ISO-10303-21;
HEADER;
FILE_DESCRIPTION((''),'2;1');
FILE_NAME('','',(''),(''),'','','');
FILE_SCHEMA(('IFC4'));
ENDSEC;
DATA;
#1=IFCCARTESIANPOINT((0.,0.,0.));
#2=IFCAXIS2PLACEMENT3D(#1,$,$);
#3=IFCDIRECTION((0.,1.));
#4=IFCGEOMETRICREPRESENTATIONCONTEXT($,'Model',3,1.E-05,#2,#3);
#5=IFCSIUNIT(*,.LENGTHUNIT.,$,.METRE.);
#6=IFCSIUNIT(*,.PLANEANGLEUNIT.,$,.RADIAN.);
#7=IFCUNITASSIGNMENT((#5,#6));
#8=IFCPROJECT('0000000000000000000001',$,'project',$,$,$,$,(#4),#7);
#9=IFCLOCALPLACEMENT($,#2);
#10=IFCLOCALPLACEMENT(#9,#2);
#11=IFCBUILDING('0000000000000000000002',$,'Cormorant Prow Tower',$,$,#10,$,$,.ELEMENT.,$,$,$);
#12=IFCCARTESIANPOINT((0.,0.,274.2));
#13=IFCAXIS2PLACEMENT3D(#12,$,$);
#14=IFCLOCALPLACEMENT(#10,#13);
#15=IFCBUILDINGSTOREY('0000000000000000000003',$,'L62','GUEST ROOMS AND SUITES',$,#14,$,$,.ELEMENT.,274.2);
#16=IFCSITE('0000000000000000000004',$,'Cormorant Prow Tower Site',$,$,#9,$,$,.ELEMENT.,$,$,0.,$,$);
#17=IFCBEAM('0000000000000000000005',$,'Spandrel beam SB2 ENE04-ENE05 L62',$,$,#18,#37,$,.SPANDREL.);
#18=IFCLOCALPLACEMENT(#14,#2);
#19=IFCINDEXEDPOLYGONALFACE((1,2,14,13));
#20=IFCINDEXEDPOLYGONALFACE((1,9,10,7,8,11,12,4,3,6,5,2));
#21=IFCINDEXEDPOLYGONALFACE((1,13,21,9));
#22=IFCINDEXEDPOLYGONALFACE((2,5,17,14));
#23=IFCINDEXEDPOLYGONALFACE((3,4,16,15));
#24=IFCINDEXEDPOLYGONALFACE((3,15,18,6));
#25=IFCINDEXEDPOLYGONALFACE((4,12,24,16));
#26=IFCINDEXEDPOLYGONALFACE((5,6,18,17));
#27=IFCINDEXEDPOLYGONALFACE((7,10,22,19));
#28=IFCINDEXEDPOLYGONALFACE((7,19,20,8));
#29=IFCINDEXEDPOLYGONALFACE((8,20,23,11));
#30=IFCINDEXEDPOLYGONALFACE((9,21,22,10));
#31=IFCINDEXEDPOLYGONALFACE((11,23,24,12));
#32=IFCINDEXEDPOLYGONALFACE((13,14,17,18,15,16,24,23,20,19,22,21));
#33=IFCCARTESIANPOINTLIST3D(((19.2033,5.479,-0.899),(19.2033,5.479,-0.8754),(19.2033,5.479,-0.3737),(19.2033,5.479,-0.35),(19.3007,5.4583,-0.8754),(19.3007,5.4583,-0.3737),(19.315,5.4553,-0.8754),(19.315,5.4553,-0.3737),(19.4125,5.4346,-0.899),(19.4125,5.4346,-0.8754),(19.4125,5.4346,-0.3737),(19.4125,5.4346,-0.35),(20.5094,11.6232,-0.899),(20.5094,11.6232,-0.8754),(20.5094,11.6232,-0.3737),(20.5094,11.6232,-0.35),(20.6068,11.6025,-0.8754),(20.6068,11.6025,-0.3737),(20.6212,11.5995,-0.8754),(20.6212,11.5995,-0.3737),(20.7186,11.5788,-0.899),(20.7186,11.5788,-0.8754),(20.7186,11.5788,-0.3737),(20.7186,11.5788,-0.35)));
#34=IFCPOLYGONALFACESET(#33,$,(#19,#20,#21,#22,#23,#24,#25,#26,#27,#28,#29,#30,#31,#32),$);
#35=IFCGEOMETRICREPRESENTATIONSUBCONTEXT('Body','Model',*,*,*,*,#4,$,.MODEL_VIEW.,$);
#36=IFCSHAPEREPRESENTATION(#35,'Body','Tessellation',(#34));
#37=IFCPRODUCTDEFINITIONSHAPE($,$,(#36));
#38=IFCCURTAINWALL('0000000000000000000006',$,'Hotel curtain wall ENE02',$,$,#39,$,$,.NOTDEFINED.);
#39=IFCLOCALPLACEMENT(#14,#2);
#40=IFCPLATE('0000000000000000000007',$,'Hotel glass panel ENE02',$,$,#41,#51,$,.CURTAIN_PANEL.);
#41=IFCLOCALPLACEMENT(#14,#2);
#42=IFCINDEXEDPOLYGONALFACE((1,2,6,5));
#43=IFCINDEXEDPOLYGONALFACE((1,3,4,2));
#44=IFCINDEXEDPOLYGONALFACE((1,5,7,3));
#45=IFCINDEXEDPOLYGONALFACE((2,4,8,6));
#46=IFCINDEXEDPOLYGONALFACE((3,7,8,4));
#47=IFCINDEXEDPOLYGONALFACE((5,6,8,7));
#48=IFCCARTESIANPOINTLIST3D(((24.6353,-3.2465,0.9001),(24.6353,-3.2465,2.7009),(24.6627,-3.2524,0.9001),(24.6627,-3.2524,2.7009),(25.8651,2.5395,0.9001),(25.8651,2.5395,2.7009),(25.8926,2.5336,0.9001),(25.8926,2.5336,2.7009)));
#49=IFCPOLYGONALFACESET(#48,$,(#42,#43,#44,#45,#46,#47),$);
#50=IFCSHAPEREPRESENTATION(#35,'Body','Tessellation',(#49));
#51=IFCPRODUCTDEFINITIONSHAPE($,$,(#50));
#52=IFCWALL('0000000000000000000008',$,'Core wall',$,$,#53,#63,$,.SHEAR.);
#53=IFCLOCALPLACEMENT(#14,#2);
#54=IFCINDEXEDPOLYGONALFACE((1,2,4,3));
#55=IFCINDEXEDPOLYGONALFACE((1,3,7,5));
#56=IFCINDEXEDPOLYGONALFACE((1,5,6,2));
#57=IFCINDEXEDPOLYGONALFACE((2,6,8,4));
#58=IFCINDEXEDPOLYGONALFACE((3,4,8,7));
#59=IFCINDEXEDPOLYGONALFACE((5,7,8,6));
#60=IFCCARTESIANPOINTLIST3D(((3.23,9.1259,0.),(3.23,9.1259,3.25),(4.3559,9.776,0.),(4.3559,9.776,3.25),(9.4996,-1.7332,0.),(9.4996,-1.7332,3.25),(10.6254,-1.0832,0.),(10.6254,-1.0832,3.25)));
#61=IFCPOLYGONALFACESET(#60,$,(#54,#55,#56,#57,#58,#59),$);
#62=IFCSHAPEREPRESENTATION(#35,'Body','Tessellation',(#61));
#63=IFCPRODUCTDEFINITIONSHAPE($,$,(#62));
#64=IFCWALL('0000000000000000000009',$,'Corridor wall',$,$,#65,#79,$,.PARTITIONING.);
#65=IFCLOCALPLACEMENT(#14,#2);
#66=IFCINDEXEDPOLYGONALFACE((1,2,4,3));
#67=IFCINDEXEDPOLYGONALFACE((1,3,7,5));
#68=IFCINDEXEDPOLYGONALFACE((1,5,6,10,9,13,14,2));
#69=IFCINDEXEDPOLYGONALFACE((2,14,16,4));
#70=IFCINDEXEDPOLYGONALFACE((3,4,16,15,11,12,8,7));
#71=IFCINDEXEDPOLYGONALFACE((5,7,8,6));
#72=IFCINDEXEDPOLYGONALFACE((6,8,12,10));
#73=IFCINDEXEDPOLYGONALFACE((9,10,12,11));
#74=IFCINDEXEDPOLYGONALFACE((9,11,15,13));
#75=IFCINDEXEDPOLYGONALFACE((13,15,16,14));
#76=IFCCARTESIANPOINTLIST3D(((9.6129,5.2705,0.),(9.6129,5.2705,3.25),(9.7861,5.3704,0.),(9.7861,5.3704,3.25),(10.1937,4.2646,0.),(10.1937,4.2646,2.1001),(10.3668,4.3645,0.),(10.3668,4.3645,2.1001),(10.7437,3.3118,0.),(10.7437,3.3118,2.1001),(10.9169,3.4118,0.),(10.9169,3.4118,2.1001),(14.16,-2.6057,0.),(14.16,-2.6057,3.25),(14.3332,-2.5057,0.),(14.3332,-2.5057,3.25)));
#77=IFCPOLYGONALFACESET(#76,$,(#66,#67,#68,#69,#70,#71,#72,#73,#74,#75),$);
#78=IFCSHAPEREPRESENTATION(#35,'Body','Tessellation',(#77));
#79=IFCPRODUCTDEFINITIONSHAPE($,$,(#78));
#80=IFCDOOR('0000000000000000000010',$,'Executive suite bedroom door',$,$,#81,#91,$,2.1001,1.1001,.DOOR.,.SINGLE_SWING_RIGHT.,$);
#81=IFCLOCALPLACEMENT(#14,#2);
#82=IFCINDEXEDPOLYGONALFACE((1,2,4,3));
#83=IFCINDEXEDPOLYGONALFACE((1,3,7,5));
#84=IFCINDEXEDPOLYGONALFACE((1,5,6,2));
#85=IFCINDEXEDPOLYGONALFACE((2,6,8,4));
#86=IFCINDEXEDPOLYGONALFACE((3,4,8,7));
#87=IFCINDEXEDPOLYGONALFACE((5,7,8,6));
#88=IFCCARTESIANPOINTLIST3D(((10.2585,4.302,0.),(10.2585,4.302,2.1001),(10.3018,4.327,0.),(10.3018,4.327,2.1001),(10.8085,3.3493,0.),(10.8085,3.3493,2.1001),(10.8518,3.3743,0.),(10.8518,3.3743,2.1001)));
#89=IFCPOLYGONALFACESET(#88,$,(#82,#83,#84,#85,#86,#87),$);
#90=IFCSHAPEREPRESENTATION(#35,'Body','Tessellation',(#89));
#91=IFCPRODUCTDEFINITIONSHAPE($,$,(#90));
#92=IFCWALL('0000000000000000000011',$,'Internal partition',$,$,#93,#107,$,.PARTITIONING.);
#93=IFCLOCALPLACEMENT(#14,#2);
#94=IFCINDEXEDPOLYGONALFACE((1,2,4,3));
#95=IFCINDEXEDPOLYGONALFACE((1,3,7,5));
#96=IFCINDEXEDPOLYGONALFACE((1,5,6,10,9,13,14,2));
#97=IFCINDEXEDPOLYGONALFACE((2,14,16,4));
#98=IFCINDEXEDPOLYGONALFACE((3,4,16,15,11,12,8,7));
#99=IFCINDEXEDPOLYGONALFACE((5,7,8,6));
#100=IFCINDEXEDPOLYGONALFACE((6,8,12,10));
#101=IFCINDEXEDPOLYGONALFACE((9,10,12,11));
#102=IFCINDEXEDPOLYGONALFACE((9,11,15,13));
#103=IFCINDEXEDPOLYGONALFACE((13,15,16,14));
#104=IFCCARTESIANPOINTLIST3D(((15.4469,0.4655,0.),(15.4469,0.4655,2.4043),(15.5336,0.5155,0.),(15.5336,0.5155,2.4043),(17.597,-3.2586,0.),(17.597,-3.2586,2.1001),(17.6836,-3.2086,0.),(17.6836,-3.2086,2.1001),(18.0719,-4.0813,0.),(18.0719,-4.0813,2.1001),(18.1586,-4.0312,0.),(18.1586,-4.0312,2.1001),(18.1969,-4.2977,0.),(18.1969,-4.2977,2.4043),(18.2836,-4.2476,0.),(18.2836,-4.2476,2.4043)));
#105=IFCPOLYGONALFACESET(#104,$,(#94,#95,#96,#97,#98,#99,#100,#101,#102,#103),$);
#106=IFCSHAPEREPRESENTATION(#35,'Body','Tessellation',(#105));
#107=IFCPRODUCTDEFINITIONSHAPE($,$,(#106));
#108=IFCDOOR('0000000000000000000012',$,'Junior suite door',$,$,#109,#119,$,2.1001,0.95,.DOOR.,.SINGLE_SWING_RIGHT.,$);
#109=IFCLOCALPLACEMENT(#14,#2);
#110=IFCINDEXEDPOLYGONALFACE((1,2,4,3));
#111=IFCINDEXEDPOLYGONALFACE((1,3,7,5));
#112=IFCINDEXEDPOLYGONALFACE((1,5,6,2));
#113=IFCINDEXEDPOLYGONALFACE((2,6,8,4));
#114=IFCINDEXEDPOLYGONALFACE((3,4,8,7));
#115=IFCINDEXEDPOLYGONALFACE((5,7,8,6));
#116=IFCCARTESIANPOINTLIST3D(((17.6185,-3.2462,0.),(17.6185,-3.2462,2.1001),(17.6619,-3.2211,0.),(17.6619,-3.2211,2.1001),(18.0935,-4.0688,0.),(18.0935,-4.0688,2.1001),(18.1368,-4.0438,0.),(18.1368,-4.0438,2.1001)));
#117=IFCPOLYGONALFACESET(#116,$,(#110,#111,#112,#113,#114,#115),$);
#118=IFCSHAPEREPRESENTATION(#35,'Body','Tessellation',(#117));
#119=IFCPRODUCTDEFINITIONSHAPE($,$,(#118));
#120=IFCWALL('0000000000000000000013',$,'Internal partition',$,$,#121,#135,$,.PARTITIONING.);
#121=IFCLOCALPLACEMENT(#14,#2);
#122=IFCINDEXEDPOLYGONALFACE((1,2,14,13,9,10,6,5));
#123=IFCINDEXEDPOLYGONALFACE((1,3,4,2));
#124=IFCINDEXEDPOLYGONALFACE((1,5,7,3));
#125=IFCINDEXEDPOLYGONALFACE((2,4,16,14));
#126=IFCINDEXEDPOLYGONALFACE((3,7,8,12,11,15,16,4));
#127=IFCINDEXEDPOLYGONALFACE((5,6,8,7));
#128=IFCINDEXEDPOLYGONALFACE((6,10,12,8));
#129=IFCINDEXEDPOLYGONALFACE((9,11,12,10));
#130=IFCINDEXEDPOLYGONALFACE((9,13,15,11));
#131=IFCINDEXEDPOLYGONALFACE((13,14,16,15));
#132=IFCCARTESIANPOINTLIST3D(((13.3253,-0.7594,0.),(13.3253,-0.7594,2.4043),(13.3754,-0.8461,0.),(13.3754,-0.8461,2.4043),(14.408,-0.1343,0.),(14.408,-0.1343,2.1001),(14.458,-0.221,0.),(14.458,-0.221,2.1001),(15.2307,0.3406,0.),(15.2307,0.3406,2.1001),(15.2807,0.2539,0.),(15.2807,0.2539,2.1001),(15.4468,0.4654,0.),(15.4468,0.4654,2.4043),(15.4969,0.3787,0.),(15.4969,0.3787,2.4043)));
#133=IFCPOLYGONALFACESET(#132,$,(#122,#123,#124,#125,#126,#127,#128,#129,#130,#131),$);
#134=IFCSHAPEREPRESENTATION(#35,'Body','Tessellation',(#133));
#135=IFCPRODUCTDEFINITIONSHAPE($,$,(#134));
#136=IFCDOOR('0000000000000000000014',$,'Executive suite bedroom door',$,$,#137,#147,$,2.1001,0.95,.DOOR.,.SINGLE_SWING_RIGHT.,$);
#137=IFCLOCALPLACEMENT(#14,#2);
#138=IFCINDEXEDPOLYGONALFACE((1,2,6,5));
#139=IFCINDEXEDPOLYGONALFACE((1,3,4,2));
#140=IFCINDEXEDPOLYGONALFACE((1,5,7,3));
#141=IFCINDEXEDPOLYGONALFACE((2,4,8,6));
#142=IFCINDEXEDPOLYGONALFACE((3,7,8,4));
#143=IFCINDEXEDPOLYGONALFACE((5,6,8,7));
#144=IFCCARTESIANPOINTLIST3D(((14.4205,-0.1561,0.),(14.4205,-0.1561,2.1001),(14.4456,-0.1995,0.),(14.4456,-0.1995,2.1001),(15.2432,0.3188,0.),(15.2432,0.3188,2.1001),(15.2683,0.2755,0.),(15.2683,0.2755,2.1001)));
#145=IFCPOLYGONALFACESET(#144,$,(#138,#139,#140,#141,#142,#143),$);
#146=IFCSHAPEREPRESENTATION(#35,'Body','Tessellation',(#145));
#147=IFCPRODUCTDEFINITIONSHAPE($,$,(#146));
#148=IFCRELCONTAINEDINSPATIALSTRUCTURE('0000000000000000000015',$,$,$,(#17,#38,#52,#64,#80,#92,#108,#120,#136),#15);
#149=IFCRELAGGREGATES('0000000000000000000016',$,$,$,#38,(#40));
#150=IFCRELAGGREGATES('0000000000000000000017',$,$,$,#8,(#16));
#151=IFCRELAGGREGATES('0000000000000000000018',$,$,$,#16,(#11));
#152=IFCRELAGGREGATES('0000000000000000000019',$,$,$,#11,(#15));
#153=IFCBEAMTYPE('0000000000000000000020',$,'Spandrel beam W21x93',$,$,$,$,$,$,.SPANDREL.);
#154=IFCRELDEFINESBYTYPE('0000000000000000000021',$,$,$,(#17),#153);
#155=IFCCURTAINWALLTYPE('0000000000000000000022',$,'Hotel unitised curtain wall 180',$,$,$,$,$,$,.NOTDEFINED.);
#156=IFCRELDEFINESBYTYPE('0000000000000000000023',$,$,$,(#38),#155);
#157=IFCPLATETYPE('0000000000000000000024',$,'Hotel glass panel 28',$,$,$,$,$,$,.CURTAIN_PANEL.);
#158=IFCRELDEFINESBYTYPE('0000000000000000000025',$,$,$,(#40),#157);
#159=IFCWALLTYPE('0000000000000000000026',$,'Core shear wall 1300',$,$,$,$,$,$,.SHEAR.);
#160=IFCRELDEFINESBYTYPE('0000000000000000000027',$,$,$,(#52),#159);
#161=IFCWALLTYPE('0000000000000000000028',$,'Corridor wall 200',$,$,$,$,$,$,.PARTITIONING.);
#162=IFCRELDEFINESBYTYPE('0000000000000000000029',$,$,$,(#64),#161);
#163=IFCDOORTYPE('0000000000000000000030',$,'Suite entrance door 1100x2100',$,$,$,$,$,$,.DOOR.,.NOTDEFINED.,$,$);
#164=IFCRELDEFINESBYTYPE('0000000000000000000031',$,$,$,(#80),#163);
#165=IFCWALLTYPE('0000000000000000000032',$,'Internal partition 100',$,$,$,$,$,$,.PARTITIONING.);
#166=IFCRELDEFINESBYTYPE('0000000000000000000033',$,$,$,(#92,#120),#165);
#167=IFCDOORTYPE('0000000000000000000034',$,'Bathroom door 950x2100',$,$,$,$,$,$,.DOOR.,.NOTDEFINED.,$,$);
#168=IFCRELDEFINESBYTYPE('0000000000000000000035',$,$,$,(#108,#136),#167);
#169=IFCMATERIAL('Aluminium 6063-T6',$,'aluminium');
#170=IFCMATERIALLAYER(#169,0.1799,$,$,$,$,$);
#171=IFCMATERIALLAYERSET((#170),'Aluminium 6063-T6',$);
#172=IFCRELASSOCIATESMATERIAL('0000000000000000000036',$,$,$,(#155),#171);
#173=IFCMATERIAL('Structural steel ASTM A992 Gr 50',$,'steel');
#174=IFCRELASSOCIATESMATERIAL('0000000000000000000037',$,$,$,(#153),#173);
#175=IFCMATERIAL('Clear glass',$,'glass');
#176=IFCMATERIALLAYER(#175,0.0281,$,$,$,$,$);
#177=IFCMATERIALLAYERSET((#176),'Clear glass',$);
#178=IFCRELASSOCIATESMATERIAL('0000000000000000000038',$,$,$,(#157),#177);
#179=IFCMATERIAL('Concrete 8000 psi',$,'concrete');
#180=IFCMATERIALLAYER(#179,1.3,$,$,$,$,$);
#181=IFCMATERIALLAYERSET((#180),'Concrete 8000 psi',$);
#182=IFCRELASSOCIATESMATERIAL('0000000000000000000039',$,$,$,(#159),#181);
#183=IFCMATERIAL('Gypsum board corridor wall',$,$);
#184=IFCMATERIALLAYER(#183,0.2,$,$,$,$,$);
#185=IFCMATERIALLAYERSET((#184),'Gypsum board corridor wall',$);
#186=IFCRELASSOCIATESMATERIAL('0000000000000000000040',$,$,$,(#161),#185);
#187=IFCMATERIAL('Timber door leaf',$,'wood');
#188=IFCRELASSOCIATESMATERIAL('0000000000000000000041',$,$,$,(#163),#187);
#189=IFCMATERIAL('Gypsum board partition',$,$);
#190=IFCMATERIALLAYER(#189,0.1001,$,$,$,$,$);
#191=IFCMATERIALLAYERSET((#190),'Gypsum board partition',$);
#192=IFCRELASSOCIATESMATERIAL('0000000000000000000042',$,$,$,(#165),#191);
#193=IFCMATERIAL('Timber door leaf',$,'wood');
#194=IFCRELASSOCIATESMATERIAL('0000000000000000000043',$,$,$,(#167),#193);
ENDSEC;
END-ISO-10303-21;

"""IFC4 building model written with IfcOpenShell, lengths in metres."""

from ifc_helpers import new_model, si_unit, direction, frame, frame_2d, origin, origin_2d, place, context, subcontext, project, spatial, rectangle, i_section, extrude, material, layer, layer_set, material_profile, profile_set, type_object, element, fill, aggregate, save


model = new_model("IFC4")

# Units and contexts
model_context = context("Model", 3, precision=1e-05, world=origin(), true_north=direction((0.0, 1.0)))
body_context = subcontext(model_context, "Body", "Model", "MODEL_VIEW")
ifc_project = project(units=[si_unit("LENGTHUNIT", "METRE"), si_unit("PLANEANGLEUNIT", "RADIAN")], contexts=[model_context])

# Site, building, storey
site_placement = place(None, origin())
site = spatial("IfcSite", under=ifc_project, at=site_placement, Name="Cormorant Prow Tower Site", CompositionType="ELEMENT", RefElevation=0.0)
building_placement = place(site_placement, origin())
building = spatial("IfcBuilding", under=site, at=building_placement, Name="Cormorant Prow Tower", CompositionType="ELEMENT")
storey_placement = place(building_placement, frame((0.0, 0.0, 274.2)))
storey = spatial("IfcBuildingStorey", under=building, at=storey_placement, Name="L62", Description="GUEST ROOMS AND SUITES", CompositionType="ELEMENT", Elevation=274.2)

# Shared definitions
ifc_material_1 = material(Name="Aluminium 6063-T6", Category="aluminium")
ifc_layer_1 = layer(ifc_material_1, 0.1799)
ifc_layer_set_1 = layer_set([ifc_layer_1], Name="Aluminium 6063-T6")
curtain_wall_type = type_object("IfcCurtainWallType", Name="Hotel unitised curtain wall 180", PredefinedType="NOTDEFINED", material=ifc_layer_set_1)

# Beam
ifc_material_2 = material(Name="Structural steel ASTM A992 Gr 50", Category="steel")
ifc_material_profile_1 = material_profile(ifc_material_2, i_section(OverallWidth=0.2139, OverallDepth=0.5491, WebThickness=0.0146, FlangeThickness=0.0237, at=origin_2d()), Name="W21x93")
ifc_profile_set_1 = profile_set([ifc_material_profile_1], Name="Structural steel ASTM A992 Gr 50")
beam_type_1 = type_object("IfcBeamType", Name="Spandrel beam W21x93", PredefinedType="SPANDREL", material=ifc_profile_set_1)
beam_1_placement = place(storey_placement, frame((19.3079, 5.4568, -0.6245), z_axis=(0.207934, 0.978143, 0.0), x_axis=(-0.978143, 0.207934, 0.0)))
element("IfcBeam", 1, at=beam_1_placement, inside=storey, type_object=beam_type_1, Name="Spandrel beam SB2 ENE04-ENE05 L62", PredefinedType="SPANDREL", context=body_context, shape_type="SweptSolid", body=[
    extrude(i_section(OverallWidth=0.2139, OverallDepth=0.5491, WebThickness=0.0146, FlangeThickness=0.0237, at=origin_2d()), origin(), (0.0, 0.0, 1.0), 6.2815),
])

# Curtain wall, plate
curtain_wall_1_placement = place(storey_placement, origin())
curtain_wall_1 = element("IfcCurtainWall", 2, at=curtain_wall_1_placement, inside=storey, type_object=curtain_wall_type, Name="Hotel curtain wall ENE02", PredefinedType="NOTDEFINED")
ifc_material_3 = material(Name="Clear glass", Category="glass")
ifc_layer_2 = layer(ifc_material_3, 0.0281)
ifc_layer_set_2 = layer_set([ifc_layer_2], Name="Clear glass")
plate_type = type_object("IfcPlateType", Name="Hotel glass panel 28", PredefinedType="CURTAIN_PANEL", material=ifc_layer_set_2)
plate_placement = place(storey_placement, frame((25.2639, -0.3564, 0.9001), z_axis=(0.0, 0.0, 1.0), x_axis=(0.207912, 0.978148, 0.0)))
plate = element("IfcPlate", 3, at=plate_placement, type_object=plate_type, Name="Hotel glass panel ENE02", PredefinedType="CURTAIN_PANEL", context=body_context, shape_type="SweptSolid", body=[
    extrude(rectangle(XDim=5.9153, YDim=0.0281, at=origin_2d()), origin(), (0.0, 0.0, 1.0), 1.8008),
])
aggregate(curtain_wall_1, [plate])

# Wall
ifc_material_4 = material(Name="Concrete 8000 psi", Category="concrete")
ifc_layer_3 = layer(ifc_material_4, 1.3)
ifc_layer_set_3 = layer_set([ifc_layer_3], Name="Concrete 8000 psi")
wall_type_1 = type_object("IfcWallType", Name="Core shear wall 1300", PredefinedType="SHEAR", material=ifc_layer_set_3)
wall_1_placement = place(storey_placement, frame((10.0625, -1.4082, 0.0), z_axis=(0.0, 0.0, 1.0), x_axis=(-0.500001, 0.866025, 0.0)))
element("IfcWall", 4, at=wall_1_placement, inside=storey, type_object=wall_type_1, Name="Core wall", PredefinedType="SHEAR", context=body_context, shape_type="SweptSolid", body=[
    extrude(rectangle(XDim=12.5391, YDim=1.3, at=frame_2d((6.2695, 0.0))), origin(), (0.0, 0.0, 1.0), 3.25),
])

# Walls, openings, doors
ifc_material_5 = material(Name="Gypsum board corridor wall")
ifc_layer_4 = layer(ifc_material_5, 0.2)
ifc_layer_set_4 = layer_set([ifc_layer_4], Name="Gypsum board corridor wall")
wall_type_2 = type_object("IfcWallType", Name="Corridor wall 200", PredefinedType="PARTITIONING", material=ifc_layer_set_4)
wall_2_placement = place(storey_placement, frame((9.6995, 5.3206, 0.0), z_axis=(0.0, 0.0, 1.0), x_axis=(0.499982, -0.866036, 0.0)))
wall_2 = element("IfcWall", 5, at=wall_2_placement, inside=storey, type_object=wall_type_2, Name="Corridor wall", PredefinedType="PARTITIONING", context=body_context, shape_type="SweptSolid", body=[
    extrude(rectangle(XDim=9.0945, YDim=0.2, at=frame_2d((4.5474, 0.0))), origin(), (0.0, 0.0, 1.0), 3.25),
])
opening_1_placement = place(wall_2_placement, frame((1.1616, 0.0, 0.0)))
opening_1 = element("IfcOpeningElement", 6, at=opening_1_placement, cuts=wall_2, PredefinedType="OPENING", context=body_context, shape_type="SweptSolid", body=[
    extrude(rectangle(XDim=1.1001, YDim=2.1001, at=frame_2d((0.55, 1.05))), frame((0.0, 0.1099, 0.0), z_axis=(0.0, -1.0, 0.0), x_axis=(1.0, 0.0, 0.0)), (0.0, 0.0, 1.0), 0.22),
])
ifc_material_6 = material(Name="Timber door leaf", Category="wood")
door_type_1 = type_object("IfcDoorType", Name="Suite entrance door 1100x2100", OperationType="NOTDEFINED", PredefinedType="DOOR", material=ifc_material_6)
door_1_placement = place(opening_1_placement, origin())
door_1 = element("IfcDoor", 7, at=door_1_placement, inside=storey, type_object=door_type_1, Name="Executive suite bedroom door", OperationType="SINGLE_SWING_RIGHT", OverallHeight=2.1001, OverallWidth=1.1001, PredefinedType="DOOR", context=body_context, shape_type="SweptSolid", body=[
    extrude(rectangle(XDim=1.1001, YDim=2.1001, at=frame_2d((0.55, 1.05))), frame((0.0, 0.0249, 0.0), z_axis=(0.0, -1.0, 0.0), x_axis=(1.0, 0.0, 0.0)), (0.0, 0.0, 1.0), 0.05),
])
fill(opening_1, door_1)
ifc_material_7 = material(Name="Gypsum board partition")
ifc_layer_5 = layer(ifc_material_7, 0.1001)
ifc_layer_set_5 = layer_set([ifc_layer_5], Name="Gypsum board partition")
wall_type_3 = type_object("IfcWallType", Name="Internal partition 100", PredefinedType="PARTITIONING", material=ifc_layer_set_5)
wall_3_placement = place(storey_placement, frame((15.4902, 0.4905, 0.0), z_axis=(0.0, 0.0, 1.0), x_axis=(0.499997, -0.866027, 0.0)))
wall_3 = element("IfcWall", 8, at=wall_3_placement, inside=storey, type_object=wall_type_3, Name="Internal partition", PredefinedType="PARTITIONING", context=body_context, shape_type="SweptSolid", body=[
    extrude(rectangle(XDim=5.5, YDim=0.1001, at=frame_2d((2.75, 0.0))), origin(), (0.0, 0.0, 1.0), 2.4043),
])
opening_2_placement = place(wall_3_placement, frame((4.3, 0.0, 0.0)))
opening_2 = element("IfcOpeningElement", 9, at=opening_2_placement, cuts=wall_3, PredefinedType="OPENING", context=body_context, shape_type="SweptSolid", body=[
    extrude(rectangle(XDim=0.95, YDim=2.1001, at=frame_2d((0.4751, 1.05))), frame((0.0, 0.0601, 0.0), z_axis=(0.0, -1.0, 0.0), x_axis=(1.0, 0.0, 0.0)), (0.0, 0.0, 1.0), 0.1201),
])
ifc_material_8 = material(Name="Timber door leaf", Category="wood")
door_type_2 = type_object("IfcDoorType", Name="Bathroom door 950x2100", OperationType="NOTDEFINED", PredefinedType="DOOR", material=ifc_material_8)
door_2_placement = place(opening_2_placement, origin())
door_2 = element("IfcDoor", 10, at=door_2_placement, inside=storey, type_object=door_type_2, Name="Junior suite door", OperationType="SINGLE_SWING_RIGHT", OverallHeight=2.1001, OverallWidth=0.95, PredefinedType="DOOR", context=body_context, shape_type="SweptSolid", body=[
    extrude(rectangle(XDim=0.95, YDim=2.1001, at=frame_2d((0.4751, 1.05))), frame((0.0, 0.0249, 0.0), z_axis=(0.0, -1.0, 0.0), x_axis=(1.0, 0.0, 0.0)), (0.0, 0.0, 1.0), 0.05),
])
fill(opening_2, door_2)
wall_4_placement = place(storey_placement, frame((13.3503, -0.8027, 0.0), z_axis=(0.0, 0.0, 1.0), x_axis=(0.866033, 0.499987, 0.0)))
wall_4 = element("IfcWall", 11, at=wall_4_placement, inside=storey, type_object=wall_type_3, Name="Internal partition", PredefinedType="PARTITIONING", context=body_context, shape_type="SweptSolid", body=[
    extrude(rectangle(XDim=2.4497, YDim=0.1001, at=frame_2d((1.2249, 0.0))), origin(), (0.0, 0.0, 1.0), 2.4043),
])
opening_3_placement = place(wall_4_placement, frame((1.25, 0.0, 0.0)))
opening_3 = element("IfcOpeningElement", 12, at=opening_3_placement, cuts=wall_4, PredefinedType="OPENING", context=body_context, shape_type="SweptSolid", body=[
    extrude(rectangle(XDim=0.95, YDim=2.1001, at=frame_2d((0.4751, 1.05))), frame((0.0, 0.0601, 0.0), z_axis=(0.0, -1.0, 0.0), x_axis=(1.0, 0.0, 0.0)), (0.0, 0.0, 1.0), 0.1201),
])
door_3_placement = place(opening_3_placement, origin())
door_3 = element("IfcDoor", 13, at=door_3_placement, inside=storey, type_object=door_type_2, Name="Executive suite bedroom door", OperationType="SINGLE_SWING_RIGHT", OverallHeight=2.1001, OverallWidth=0.95, PredefinedType="DOOR", context=body_context, shape_type="SweptSolid", body=[
    extrude(rectangle(XDim=0.95, YDim=2.1001, at=frame_2d((0.4751, 1.05))), frame((0.0, 0.0249, 0.0), z_axis=(0.0, -1.0, 0.0), x_axis=(1.0, 0.0, 0.0)), (0.0, 0.0, 1.0), 0.05),
])
fill(opening_3, door_3)

save(model, "model.ifc")
